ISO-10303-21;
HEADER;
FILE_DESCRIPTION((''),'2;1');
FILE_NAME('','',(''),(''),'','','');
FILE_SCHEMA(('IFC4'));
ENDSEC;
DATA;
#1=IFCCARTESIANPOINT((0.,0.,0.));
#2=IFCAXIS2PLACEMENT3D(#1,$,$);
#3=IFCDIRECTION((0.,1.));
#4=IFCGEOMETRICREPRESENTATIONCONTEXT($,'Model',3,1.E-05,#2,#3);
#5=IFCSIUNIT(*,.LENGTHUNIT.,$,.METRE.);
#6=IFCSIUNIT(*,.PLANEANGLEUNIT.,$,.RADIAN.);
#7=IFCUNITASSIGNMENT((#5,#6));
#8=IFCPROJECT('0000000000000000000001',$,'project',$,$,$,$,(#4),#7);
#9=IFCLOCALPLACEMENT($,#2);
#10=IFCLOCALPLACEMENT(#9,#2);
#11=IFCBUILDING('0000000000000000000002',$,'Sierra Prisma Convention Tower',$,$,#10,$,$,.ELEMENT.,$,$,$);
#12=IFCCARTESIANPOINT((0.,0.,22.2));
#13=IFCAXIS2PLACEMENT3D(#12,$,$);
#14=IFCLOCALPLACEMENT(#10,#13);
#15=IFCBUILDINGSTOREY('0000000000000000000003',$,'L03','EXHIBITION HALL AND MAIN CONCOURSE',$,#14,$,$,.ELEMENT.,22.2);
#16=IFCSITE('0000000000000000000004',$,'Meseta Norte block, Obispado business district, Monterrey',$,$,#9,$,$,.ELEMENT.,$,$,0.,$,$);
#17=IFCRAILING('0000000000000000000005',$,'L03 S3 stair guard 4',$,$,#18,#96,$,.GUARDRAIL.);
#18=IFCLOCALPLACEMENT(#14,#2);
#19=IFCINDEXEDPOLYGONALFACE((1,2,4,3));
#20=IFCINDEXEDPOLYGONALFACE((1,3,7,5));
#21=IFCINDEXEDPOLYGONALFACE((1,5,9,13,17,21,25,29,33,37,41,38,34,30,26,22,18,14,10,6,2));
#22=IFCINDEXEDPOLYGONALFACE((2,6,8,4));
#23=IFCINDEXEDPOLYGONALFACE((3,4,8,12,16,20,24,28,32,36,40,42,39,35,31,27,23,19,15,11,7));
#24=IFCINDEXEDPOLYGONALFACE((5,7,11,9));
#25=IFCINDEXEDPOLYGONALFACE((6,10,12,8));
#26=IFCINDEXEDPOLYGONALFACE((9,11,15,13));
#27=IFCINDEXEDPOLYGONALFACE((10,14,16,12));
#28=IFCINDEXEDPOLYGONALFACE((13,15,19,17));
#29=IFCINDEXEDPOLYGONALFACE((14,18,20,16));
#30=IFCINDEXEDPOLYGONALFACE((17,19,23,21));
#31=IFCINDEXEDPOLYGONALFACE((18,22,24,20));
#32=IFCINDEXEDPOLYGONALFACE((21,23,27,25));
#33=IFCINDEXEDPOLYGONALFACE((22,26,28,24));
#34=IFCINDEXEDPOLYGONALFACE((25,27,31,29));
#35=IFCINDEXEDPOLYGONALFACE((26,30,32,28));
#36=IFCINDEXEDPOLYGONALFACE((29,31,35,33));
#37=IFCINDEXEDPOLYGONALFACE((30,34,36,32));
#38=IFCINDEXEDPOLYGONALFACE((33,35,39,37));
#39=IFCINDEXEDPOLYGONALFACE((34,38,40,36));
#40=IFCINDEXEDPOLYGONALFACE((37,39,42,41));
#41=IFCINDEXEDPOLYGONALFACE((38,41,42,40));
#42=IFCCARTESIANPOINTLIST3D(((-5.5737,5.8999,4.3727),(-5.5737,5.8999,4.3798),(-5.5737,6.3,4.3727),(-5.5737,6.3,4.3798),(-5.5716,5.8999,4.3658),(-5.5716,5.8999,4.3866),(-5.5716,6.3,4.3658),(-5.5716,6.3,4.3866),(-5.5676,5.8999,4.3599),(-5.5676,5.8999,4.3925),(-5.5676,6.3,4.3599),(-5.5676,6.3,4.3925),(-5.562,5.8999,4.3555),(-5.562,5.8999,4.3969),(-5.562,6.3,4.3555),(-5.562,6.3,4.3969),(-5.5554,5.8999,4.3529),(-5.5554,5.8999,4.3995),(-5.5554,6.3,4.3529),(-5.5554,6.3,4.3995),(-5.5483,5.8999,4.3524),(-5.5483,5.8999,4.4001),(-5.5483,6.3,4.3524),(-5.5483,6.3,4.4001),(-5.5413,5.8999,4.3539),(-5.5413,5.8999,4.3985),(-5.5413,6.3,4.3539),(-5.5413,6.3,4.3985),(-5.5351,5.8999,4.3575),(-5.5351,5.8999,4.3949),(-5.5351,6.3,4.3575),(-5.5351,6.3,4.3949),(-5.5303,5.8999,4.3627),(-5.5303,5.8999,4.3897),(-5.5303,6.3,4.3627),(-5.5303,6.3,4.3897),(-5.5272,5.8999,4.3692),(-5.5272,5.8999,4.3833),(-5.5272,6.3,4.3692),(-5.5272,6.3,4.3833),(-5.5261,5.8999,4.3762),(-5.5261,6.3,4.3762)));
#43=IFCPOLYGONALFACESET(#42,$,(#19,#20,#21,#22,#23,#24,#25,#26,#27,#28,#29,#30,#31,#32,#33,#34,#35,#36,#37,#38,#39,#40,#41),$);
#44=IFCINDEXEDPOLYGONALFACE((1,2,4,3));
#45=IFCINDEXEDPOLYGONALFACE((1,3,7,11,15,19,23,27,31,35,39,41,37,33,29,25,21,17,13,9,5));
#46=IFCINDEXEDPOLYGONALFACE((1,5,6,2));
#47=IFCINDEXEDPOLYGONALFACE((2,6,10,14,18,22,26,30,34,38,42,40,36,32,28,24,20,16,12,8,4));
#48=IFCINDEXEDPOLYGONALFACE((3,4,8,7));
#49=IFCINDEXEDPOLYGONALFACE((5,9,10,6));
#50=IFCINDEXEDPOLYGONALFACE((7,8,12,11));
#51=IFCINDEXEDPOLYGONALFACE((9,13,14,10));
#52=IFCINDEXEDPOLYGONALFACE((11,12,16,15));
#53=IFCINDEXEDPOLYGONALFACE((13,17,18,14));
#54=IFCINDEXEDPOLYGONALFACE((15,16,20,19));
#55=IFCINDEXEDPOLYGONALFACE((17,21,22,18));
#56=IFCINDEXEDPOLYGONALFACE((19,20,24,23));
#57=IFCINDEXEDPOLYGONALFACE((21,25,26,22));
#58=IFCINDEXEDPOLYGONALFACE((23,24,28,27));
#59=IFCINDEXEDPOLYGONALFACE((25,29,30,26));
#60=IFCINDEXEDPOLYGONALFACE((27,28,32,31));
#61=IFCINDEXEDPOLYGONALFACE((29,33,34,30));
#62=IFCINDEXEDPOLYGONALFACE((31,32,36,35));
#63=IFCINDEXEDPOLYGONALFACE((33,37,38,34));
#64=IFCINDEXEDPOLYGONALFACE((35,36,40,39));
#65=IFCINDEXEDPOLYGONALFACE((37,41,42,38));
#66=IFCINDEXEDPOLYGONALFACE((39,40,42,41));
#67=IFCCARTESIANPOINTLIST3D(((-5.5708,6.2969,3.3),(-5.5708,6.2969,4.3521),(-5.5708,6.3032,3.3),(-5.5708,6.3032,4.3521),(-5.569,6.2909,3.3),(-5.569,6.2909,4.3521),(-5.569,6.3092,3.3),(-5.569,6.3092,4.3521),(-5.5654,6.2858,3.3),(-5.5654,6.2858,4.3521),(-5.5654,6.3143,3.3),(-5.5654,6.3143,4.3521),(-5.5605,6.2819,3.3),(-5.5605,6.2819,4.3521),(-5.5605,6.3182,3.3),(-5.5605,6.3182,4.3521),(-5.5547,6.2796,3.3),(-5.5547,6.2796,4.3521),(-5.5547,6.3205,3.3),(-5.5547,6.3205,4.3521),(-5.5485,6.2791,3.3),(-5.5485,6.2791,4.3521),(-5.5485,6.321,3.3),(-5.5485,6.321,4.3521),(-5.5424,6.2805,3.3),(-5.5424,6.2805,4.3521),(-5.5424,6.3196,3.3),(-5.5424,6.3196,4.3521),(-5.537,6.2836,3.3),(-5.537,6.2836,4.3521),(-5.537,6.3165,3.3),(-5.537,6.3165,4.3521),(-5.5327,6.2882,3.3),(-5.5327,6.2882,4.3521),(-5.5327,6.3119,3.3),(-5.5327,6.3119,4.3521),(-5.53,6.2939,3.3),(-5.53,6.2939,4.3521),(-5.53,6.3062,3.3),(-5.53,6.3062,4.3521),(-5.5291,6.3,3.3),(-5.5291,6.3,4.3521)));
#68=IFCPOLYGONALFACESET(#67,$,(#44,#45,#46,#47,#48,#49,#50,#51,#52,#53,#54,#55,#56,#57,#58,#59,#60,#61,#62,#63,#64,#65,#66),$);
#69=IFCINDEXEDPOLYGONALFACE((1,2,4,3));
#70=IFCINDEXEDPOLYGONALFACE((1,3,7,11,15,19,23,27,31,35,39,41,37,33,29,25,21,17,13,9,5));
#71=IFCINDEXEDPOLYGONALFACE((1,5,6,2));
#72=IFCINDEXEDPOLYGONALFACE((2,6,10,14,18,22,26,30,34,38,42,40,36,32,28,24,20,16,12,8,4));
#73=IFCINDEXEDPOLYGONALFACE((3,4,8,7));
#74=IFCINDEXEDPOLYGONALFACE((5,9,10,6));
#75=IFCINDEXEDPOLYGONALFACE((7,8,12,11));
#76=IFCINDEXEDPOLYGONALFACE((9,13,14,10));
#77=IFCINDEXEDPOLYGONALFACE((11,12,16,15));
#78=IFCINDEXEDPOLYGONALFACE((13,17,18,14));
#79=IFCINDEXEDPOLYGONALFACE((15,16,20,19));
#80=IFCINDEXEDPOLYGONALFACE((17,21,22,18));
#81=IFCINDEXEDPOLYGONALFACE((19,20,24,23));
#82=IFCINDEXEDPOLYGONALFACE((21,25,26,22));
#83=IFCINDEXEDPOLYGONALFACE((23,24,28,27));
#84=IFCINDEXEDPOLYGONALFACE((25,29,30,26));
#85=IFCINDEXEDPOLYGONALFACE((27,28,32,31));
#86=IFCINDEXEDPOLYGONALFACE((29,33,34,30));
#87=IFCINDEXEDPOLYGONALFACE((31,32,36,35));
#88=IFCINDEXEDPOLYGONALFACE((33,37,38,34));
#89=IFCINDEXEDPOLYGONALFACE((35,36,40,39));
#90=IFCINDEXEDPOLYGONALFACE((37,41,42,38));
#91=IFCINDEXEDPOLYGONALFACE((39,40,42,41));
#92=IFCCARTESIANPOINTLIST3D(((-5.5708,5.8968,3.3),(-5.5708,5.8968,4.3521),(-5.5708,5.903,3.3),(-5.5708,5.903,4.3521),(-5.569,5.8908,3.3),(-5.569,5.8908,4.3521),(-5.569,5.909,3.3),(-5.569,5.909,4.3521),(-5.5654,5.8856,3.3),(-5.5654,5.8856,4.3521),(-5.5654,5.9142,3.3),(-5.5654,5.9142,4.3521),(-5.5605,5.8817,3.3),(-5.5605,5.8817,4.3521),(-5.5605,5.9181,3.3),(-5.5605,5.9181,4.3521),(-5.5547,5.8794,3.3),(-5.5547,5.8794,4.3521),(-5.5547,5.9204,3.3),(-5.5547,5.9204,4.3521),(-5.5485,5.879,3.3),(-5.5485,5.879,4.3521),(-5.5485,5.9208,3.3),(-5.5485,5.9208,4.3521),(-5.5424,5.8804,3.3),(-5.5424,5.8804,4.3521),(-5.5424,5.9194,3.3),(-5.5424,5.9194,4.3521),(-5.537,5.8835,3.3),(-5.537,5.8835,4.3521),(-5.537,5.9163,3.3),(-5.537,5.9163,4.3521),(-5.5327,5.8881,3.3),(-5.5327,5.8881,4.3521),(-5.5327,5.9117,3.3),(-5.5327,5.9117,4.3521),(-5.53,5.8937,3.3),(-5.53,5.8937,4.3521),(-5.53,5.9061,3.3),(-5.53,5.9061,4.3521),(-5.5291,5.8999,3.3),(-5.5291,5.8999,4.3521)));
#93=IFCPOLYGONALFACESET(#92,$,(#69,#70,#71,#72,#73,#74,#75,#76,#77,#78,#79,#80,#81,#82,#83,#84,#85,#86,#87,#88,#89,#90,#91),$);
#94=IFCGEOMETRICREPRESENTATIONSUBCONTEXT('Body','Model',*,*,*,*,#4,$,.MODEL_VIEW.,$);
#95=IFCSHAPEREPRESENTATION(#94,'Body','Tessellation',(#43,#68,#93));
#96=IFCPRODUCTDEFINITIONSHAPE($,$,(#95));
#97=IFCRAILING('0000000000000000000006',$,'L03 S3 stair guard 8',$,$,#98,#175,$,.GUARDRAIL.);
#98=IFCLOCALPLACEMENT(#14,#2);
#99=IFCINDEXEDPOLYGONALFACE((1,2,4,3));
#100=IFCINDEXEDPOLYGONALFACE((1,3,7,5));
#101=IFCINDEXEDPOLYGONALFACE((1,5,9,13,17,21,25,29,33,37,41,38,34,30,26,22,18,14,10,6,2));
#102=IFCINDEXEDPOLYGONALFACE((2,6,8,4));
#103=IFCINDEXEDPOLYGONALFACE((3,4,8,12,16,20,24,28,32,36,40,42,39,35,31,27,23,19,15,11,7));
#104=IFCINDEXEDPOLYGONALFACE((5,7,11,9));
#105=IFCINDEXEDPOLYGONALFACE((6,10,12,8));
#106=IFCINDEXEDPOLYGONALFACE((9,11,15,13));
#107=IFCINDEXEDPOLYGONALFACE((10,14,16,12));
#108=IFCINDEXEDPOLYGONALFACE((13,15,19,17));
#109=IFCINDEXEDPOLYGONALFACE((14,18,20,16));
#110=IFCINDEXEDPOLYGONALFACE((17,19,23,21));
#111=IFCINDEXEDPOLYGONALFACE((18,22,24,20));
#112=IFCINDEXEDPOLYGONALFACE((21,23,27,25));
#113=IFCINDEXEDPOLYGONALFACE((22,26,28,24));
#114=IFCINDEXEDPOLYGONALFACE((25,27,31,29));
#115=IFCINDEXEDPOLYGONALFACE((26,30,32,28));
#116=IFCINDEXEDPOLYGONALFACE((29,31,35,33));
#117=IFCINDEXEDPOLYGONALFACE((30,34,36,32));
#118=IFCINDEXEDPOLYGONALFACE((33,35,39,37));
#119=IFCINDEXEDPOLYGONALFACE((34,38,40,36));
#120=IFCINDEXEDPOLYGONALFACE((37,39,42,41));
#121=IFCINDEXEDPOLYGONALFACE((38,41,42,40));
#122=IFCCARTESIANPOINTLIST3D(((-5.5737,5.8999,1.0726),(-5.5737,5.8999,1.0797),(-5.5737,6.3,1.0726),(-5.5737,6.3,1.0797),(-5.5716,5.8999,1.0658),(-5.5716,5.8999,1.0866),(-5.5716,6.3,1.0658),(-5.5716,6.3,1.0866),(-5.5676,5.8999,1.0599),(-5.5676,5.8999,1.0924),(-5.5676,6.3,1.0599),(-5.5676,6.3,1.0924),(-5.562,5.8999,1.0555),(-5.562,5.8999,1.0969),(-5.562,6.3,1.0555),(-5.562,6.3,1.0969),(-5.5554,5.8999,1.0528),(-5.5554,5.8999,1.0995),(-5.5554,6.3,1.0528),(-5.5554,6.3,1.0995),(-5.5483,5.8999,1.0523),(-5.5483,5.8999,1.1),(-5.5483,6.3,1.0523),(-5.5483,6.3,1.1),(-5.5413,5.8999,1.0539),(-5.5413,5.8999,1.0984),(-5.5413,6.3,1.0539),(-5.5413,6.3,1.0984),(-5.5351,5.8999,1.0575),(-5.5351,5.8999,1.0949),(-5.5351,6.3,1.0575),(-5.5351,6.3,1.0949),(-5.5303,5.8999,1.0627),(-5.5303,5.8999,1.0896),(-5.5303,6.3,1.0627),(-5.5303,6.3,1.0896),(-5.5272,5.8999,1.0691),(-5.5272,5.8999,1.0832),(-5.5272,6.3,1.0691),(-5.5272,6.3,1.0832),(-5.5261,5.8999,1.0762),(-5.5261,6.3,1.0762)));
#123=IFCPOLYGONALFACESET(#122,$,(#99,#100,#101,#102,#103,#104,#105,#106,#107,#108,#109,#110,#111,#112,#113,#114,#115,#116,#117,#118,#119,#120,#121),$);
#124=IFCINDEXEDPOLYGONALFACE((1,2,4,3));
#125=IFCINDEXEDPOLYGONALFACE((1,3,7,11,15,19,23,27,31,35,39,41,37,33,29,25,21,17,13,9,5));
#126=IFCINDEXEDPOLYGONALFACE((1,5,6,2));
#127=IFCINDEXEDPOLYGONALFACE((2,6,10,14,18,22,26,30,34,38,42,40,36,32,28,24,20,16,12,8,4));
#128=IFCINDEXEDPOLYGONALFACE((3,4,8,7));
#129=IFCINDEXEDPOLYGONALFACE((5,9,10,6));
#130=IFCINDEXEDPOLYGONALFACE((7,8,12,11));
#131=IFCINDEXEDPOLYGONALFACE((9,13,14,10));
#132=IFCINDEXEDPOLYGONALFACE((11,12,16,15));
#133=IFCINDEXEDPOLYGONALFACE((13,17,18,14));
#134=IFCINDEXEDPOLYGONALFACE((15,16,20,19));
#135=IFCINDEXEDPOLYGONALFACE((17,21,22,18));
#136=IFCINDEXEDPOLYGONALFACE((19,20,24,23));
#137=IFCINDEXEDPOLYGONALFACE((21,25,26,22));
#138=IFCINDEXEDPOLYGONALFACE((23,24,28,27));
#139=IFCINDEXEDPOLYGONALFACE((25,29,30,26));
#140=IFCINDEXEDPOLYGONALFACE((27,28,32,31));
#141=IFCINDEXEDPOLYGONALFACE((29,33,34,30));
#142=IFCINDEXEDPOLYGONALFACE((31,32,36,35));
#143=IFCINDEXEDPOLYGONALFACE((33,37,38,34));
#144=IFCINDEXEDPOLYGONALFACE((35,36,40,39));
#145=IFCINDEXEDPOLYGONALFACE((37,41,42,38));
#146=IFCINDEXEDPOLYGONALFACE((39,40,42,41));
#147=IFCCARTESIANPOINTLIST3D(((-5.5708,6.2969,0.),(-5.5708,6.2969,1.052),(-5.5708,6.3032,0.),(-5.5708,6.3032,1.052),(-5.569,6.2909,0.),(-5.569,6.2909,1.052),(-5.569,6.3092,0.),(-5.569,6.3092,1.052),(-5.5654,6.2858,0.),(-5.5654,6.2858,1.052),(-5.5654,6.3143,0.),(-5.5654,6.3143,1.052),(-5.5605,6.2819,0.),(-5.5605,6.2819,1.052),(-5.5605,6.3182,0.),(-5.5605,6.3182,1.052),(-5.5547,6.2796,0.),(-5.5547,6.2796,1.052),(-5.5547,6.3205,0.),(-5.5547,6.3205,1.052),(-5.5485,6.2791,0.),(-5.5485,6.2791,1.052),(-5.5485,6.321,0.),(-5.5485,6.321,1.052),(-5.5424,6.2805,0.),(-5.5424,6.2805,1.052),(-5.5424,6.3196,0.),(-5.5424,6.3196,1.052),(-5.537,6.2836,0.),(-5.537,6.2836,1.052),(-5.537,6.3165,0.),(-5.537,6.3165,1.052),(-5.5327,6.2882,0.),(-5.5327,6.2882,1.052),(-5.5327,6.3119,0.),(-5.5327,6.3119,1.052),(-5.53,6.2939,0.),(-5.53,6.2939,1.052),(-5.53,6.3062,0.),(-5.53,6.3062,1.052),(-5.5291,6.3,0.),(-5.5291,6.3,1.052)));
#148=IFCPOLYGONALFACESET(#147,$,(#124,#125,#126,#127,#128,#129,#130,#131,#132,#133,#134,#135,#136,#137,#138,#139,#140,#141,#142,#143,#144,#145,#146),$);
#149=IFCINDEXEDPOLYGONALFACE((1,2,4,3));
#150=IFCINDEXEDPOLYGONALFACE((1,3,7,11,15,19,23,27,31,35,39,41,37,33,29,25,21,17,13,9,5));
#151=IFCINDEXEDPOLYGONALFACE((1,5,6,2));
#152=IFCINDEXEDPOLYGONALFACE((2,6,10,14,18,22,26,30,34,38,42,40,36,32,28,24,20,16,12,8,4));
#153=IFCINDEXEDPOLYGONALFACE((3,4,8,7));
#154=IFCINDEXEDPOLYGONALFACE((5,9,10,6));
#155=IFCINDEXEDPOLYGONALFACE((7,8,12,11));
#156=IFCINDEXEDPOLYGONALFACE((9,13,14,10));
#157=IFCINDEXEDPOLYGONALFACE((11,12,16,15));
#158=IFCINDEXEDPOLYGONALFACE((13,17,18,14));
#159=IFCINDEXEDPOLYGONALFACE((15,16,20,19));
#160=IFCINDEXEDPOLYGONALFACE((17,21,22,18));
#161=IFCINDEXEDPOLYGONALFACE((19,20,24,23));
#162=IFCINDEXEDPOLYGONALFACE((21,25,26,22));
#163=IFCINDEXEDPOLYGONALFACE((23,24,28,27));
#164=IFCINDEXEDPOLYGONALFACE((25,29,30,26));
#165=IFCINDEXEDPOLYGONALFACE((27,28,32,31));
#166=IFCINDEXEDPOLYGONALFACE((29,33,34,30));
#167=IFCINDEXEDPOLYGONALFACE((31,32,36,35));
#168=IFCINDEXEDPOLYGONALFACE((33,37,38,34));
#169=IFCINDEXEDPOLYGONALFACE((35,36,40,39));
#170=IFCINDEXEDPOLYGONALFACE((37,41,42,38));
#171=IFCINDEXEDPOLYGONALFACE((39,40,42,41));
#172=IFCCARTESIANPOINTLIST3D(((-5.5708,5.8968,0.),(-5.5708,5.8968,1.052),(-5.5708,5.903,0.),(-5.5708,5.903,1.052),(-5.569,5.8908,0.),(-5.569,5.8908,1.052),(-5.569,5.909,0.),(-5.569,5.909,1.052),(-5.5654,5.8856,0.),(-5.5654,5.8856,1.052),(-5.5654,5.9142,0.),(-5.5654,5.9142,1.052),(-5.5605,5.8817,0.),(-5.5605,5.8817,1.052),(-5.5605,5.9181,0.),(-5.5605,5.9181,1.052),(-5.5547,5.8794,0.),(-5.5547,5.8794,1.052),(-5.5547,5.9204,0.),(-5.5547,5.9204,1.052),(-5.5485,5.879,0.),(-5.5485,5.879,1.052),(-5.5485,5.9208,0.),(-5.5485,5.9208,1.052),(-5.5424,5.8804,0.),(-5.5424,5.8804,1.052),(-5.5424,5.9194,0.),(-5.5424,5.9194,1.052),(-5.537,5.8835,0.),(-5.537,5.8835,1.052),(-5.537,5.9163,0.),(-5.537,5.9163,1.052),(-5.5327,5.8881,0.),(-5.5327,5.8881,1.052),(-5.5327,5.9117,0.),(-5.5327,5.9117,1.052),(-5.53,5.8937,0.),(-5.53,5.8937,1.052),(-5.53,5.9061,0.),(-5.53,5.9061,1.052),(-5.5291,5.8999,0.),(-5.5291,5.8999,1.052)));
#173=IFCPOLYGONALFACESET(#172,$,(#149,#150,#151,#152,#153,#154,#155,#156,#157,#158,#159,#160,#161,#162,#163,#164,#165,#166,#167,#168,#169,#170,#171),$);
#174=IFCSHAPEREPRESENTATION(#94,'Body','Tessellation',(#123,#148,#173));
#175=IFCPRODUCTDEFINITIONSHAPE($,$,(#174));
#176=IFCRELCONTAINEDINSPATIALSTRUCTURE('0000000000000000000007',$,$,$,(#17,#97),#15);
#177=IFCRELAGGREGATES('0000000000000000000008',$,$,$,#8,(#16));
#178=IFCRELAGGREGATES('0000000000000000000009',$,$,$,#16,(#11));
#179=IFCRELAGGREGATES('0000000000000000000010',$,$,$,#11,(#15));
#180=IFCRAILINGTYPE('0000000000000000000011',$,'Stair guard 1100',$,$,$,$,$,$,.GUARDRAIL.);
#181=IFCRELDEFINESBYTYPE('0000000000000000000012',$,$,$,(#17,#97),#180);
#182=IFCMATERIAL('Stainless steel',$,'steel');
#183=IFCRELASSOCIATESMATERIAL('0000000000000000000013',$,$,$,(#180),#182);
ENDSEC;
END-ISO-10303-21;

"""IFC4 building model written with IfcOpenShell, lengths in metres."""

from ifc_helpers import new_model, si_unit, direction, frame, origin, origin_2d, place, context, subcontext, project, spatial, circle, extrude, material, type_object, element, save


model = new_model("IFC4")

# Units and contexts
model_context = context("Model", 3, precision=1e-05, world=origin(), true_north=direction((0.0, 1.0)))
body_context = subcontext(model_context, "Body", "Model", "MODEL_VIEW")
ifc_project = project(units=[si_unit("LENGTHUNIT", "METRE"), si_unit("PLANEANGLEUNIT", "RADIAN")], contexts=[model_context])

# Site, building, storey
site_placement = place(None, origin())
site = spatial("IfcSite", under=ifc_project, at=site_placement, Name="Meseta Norte block, Obispado business district, Monterrey", CompositionType="ELEMENT", RefElevation=0.0)
building_placement = place(site_placement, origin())
building = spatial("IfcBuilding", under=site, at=building_placement, Name="Sierra Prisma Convention Tower", CompositionType="ELEMENT")
storey_placement = place(building_placement, frame((0.0, 0.0, 22.2)))
storey = spatial("IfcBuildingStorey", under=building, at=storey_placement, Name="L03", Description="EXHIBITION HALL AND MAIN CONCOURSE", CompositionType="ELEMENT", Elevation=22.2)

# Railings
ifc_material_1 = material(Name="Stainless steel", Category="steel")
railing_type = type_object("IfcRailingType", Name="Stair guard 1100", PredefinedType="GUARDRAIL", material=ifc_material_1)
for number, where, name in (
    (1, (-5.55, 6.3, 3.3), "L03 S3 stair guard 4"),
    (2, (-5.55, 6.3, 0.0), "L03 S3 stair guard 8"),
):
    element("IfcRailing", number, at=place(storey_placement, frame(where)), inside=storey, type_object=railing_type, Name=name, PredefinedType="GUARDRAIL", context=body_context, shape_type="SweptSolid", body=[
        extrude(circle(Radius=0.0239, at=origin_2d()), frame((0.0, 0.0, 1.0762), z_axis=(0.0, -1.0, 0.0), x_axis=(1.0, 0.0, 0.0)), (0.0, 0.0, 1.0), 0.4001),
        extrude(circle(Radius=0.021, at=origin_2d()), origin(), (0.0, 0.0, 1.0), 1.052),
        extrude(circle(Radius=0.021, at=origin_2d()), frame((0.0, -0.4001, 0.0)), (0.0, 0.0, 1.0), 1.052),
    ])

save(model, "model.ifc")
